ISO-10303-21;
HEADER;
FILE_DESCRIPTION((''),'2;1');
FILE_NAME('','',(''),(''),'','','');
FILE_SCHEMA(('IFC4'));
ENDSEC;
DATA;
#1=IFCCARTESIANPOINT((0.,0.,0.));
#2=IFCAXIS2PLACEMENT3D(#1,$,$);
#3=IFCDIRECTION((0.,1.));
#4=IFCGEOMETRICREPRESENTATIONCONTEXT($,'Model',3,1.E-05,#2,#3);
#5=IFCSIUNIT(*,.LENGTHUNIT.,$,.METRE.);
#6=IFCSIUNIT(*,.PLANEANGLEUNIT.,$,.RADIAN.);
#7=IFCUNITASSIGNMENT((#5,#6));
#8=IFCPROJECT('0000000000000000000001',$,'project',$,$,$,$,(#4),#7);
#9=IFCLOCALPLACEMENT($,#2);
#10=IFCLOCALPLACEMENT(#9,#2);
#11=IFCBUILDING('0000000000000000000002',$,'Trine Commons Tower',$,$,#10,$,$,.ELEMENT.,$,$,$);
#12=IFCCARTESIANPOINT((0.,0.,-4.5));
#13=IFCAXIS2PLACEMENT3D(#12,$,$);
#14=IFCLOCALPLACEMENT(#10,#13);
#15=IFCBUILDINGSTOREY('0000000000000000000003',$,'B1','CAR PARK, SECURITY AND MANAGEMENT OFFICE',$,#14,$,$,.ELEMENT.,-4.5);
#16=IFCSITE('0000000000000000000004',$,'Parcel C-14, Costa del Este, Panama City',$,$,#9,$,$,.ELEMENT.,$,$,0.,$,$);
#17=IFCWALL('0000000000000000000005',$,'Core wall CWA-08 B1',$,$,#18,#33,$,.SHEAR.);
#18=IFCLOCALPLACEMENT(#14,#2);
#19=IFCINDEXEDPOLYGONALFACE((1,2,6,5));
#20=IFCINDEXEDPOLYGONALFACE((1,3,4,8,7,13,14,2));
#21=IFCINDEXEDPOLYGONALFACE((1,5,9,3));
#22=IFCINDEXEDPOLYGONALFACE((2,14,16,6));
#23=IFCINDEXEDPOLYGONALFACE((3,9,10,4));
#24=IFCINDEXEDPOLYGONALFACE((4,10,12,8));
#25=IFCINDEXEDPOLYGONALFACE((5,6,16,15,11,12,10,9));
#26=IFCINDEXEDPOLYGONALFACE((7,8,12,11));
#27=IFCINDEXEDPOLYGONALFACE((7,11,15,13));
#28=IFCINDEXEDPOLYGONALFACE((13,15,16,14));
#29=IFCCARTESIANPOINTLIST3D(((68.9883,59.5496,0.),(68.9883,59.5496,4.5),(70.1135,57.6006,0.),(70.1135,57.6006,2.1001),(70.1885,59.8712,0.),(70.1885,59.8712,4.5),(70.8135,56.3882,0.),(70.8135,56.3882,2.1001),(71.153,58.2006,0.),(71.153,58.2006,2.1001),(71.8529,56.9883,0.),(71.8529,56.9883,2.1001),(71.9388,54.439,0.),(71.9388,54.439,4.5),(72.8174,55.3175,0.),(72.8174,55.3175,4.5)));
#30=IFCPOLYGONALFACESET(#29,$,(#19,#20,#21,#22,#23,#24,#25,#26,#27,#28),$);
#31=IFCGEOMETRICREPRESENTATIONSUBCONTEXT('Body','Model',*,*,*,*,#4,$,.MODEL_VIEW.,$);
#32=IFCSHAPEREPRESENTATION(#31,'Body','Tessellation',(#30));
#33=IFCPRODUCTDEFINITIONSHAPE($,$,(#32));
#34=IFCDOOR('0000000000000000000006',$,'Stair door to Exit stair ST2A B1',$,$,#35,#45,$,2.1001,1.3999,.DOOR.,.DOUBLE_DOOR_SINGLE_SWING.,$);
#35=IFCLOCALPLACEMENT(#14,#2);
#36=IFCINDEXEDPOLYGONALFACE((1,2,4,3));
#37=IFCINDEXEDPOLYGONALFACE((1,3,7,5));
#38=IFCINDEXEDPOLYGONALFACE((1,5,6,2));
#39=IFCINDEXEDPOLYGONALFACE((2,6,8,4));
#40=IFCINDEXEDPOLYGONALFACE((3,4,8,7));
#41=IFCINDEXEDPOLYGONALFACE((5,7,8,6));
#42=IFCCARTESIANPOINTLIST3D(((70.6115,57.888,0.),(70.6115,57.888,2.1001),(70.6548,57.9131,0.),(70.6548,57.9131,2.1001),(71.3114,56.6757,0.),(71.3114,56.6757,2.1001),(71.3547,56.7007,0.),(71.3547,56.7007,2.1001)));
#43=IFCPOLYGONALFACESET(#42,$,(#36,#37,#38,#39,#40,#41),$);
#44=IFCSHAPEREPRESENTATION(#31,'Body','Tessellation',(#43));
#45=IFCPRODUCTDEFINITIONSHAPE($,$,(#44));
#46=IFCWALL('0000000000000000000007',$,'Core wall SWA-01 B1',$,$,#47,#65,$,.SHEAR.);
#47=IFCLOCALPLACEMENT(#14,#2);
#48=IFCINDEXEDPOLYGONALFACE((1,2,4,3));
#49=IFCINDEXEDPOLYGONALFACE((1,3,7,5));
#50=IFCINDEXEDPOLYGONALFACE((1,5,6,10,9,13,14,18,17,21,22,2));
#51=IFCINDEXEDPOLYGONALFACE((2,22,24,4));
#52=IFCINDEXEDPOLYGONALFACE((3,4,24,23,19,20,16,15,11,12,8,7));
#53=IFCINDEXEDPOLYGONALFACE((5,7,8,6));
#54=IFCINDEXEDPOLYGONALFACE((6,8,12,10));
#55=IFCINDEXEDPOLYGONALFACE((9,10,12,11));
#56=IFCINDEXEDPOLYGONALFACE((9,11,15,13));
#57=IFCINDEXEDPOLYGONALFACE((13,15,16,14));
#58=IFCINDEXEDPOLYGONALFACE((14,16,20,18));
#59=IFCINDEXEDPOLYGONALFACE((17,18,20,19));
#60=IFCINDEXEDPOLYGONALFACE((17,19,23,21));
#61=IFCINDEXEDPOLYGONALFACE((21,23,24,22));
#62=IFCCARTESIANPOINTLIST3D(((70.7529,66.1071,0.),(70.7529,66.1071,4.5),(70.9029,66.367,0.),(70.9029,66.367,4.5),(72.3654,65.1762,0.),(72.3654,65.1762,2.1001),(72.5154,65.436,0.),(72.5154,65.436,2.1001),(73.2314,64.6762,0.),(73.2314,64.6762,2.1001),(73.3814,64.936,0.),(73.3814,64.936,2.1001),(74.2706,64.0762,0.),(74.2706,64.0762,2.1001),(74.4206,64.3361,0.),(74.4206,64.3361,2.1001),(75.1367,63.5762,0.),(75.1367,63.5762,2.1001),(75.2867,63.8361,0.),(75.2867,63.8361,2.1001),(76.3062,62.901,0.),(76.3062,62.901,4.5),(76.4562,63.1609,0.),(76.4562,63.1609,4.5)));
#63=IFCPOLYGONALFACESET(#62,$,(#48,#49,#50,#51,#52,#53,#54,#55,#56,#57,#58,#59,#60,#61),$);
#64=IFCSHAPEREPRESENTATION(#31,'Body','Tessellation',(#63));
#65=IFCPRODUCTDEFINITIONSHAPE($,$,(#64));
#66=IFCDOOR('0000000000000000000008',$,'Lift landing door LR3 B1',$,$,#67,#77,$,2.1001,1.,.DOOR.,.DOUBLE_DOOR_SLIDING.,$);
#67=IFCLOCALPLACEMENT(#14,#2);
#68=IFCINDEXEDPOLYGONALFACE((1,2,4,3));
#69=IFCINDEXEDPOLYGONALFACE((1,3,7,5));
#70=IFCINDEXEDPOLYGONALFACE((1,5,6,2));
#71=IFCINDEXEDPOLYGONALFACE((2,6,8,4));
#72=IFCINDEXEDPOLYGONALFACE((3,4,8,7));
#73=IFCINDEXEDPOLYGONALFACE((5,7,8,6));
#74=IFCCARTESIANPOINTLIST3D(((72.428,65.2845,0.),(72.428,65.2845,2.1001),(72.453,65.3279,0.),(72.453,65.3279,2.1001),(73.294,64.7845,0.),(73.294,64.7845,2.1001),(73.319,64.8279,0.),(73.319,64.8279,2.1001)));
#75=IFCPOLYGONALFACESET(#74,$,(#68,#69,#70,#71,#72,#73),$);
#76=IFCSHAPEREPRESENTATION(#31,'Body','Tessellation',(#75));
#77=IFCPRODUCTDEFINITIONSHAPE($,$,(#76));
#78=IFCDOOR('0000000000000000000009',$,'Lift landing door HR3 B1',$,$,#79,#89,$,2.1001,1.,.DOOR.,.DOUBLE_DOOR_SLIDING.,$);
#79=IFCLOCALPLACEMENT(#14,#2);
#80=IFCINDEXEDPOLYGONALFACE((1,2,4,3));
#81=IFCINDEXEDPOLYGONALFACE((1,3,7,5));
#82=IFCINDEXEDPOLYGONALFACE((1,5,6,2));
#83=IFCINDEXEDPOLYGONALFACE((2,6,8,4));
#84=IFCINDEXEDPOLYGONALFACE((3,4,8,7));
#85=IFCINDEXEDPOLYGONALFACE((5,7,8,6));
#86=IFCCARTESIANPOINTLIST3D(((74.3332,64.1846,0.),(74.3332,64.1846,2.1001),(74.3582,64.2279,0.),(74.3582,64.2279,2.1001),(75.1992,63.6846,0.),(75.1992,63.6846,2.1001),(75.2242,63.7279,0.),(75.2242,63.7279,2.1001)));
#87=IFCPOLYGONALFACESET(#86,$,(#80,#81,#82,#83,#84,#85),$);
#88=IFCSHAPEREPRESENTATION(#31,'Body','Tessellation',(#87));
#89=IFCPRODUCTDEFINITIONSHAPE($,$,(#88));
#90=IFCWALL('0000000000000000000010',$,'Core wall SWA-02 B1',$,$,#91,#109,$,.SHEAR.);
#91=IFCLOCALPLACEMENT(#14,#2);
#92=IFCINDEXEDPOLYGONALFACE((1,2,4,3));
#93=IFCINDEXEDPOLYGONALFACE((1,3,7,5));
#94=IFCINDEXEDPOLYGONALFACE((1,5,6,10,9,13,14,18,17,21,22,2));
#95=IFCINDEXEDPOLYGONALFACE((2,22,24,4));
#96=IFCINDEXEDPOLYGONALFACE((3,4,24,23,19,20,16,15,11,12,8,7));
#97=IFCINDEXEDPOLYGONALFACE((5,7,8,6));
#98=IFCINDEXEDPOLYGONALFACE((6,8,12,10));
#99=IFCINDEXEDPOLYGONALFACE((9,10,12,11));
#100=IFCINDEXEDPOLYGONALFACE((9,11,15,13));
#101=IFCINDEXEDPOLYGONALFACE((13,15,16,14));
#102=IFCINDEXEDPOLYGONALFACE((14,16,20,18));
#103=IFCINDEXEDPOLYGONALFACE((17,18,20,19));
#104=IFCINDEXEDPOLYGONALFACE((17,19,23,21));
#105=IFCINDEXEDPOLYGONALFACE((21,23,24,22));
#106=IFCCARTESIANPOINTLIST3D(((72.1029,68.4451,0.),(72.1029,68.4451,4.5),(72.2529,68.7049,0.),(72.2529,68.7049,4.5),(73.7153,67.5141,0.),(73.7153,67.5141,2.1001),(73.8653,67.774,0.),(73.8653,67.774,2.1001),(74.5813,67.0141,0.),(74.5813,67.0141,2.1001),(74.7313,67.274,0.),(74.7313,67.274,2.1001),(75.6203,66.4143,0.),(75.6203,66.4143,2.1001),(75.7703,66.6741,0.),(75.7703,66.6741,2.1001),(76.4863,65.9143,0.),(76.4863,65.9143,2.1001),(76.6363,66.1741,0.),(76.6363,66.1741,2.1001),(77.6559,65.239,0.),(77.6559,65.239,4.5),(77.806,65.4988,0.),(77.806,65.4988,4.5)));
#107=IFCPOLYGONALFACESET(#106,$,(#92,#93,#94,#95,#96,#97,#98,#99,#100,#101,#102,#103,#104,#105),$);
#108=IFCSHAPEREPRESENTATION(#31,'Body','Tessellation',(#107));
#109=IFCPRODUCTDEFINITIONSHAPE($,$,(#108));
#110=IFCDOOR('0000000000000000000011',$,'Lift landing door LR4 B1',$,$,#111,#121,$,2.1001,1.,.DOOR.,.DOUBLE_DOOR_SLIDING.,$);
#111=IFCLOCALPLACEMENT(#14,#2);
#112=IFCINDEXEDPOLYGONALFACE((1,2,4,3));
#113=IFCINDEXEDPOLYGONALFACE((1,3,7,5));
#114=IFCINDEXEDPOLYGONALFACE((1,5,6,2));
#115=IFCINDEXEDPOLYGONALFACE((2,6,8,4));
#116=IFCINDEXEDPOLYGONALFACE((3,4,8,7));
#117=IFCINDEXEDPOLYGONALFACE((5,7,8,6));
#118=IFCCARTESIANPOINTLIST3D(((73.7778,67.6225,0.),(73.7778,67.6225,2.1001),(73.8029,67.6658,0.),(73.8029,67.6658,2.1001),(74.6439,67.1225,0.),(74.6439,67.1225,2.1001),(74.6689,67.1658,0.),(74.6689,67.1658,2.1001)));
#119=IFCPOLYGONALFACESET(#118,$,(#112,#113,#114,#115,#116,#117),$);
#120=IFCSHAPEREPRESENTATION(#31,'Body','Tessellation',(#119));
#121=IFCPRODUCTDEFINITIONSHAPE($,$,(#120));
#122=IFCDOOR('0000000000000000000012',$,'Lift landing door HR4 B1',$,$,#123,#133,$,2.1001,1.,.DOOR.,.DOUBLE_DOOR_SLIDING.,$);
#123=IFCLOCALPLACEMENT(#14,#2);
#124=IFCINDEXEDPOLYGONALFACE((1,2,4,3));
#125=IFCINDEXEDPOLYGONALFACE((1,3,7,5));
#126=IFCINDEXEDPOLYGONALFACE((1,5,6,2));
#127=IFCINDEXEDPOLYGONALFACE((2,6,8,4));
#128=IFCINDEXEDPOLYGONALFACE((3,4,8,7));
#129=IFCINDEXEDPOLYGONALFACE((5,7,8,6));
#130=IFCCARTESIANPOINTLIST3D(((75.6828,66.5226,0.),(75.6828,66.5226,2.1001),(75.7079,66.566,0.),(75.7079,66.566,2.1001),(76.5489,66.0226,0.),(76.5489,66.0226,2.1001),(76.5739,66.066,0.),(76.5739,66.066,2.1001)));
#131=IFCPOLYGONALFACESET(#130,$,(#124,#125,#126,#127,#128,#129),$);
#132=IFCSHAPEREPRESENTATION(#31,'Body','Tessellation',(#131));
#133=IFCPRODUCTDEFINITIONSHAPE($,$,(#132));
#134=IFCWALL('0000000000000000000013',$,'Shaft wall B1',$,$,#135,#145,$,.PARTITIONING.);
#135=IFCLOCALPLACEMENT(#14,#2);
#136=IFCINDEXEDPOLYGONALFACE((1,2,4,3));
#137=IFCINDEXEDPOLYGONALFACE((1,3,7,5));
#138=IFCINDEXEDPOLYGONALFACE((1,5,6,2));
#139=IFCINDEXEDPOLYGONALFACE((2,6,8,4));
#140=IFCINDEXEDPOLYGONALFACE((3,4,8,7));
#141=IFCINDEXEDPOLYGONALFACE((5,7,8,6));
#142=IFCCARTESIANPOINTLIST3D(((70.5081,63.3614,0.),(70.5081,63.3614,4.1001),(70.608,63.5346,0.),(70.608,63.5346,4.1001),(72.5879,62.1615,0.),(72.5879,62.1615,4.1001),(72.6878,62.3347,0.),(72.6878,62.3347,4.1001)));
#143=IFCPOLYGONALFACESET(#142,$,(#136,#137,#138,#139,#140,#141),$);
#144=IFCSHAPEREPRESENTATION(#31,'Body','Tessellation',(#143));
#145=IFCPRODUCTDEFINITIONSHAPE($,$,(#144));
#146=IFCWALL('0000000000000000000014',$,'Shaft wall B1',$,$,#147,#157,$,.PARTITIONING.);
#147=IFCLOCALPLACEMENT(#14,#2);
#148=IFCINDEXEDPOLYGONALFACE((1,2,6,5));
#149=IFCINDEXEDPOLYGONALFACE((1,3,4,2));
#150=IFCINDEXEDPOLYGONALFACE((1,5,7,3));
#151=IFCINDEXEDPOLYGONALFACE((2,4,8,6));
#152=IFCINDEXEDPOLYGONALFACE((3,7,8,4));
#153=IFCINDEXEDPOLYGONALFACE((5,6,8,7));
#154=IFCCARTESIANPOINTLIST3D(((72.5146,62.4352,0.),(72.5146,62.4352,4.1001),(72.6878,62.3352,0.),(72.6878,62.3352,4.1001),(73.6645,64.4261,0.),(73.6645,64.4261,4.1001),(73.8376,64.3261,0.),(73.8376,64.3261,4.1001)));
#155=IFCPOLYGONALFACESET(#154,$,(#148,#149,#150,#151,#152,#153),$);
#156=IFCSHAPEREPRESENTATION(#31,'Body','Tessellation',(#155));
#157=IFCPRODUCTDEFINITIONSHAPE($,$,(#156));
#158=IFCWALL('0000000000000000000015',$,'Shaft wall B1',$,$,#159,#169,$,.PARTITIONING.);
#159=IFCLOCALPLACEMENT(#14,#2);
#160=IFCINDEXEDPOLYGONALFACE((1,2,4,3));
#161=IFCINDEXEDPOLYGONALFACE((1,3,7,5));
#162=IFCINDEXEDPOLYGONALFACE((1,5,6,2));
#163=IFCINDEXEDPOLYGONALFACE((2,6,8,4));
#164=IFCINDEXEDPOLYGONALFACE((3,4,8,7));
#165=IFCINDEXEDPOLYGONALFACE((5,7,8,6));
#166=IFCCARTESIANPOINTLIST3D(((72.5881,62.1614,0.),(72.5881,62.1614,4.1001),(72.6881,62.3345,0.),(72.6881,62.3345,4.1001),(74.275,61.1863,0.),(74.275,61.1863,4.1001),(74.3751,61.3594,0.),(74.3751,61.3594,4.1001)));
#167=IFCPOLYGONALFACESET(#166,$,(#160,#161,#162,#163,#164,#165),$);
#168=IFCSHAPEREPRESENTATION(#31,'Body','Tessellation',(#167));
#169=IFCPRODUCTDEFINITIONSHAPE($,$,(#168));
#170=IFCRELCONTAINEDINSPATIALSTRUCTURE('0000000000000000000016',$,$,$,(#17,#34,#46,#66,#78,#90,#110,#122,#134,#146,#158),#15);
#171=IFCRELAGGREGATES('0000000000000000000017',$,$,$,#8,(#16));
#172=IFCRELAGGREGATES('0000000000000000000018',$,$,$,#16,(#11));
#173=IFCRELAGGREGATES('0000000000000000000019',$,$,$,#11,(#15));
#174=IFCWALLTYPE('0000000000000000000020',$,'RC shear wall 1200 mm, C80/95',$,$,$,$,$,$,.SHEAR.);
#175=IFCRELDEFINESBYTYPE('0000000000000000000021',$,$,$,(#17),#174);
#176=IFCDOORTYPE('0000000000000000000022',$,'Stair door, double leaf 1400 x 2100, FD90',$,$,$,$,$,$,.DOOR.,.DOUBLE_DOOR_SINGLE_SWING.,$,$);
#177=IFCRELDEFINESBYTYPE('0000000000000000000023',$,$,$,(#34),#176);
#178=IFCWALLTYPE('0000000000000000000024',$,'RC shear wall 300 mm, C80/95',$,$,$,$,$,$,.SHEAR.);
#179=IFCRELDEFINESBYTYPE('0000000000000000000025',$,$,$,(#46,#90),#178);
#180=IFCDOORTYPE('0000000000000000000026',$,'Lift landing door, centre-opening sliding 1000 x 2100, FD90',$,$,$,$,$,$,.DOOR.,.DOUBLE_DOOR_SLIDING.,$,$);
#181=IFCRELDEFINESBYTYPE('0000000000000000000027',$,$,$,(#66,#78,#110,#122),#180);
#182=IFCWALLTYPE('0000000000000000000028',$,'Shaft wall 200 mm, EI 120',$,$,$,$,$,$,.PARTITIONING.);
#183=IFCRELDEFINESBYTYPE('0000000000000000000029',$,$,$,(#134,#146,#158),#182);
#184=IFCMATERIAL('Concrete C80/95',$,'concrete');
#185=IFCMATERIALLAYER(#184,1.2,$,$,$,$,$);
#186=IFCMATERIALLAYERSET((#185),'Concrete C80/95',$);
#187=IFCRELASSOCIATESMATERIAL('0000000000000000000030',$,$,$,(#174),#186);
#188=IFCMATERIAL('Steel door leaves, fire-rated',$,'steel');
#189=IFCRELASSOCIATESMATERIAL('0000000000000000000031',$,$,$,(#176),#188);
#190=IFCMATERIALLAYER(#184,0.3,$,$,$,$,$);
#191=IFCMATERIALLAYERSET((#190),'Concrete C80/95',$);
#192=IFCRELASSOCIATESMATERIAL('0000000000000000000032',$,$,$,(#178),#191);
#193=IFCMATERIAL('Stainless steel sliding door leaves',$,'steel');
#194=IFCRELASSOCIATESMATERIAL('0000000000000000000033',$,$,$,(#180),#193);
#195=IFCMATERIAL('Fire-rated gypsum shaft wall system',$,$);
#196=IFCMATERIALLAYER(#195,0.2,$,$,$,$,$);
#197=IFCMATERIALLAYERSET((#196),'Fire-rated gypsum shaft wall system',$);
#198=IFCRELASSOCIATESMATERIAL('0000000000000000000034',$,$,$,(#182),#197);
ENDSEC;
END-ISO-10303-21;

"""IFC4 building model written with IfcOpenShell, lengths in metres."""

from ifc_helpers import new_model, si_unit, direction, frame, frame_2d, origin, place, context, subcontext, project, spatial, polyline, rectangle, outline, extrude, material, layer, layer_set, type_object, element, fill, save


model = new_model("IFC4")

# Units and contexts
model_context = context("Model", 3, precision=1e-05, world=origin(), true_north=direction((0.0, 1.0)))
body_context = subcontext(model_context, "Body", "Model", "MODEL_VIEW")
ifc_project = project(units=[si_unit("LENGTHUNIT", "METRE"), si_unit("PLANEANGLEUNIT", "RADIAN")], contexts=[model_context])

# Site, building, storey
site_placement = place(None, origin())
site = spatial("IfcSite", under=ifc_project, at=site_placement, Name="Parcel C-14, Costa del Este, Panama City", CompositionType="ELEMENT", RefElevation=0.0)
building_placement = place(site_placement, origin())
building = spatial("IfcBuilding", under=site, at=building_placement, Name="Trine Commons Tower", CompositionType="ELEMENT")
storey_placement = place(building_placement, frame((0.0, 0.0, -4.5)))
storey = spatial("IfcBuildingStorey", under=building, at=storey_placement, Name="B1", Description="CAR PARK, SECURITY AND MANAGEMENT OFFICE", CompositionType="ELEMENT", Elevation=-4.5)

# Shared definitions
ifc_material_1 = material(Name="Concrete C80/95", Category="concrete")

# Wall, opening, door
ifc_material_2 = material(Name="Fire-rated gypsum shaft wall system")
ifc_layer_1 = layer(ifc_material_1, 1.2)
ifc_layer_set_1 = layer_set([ifc_layer_1], Name="Concrete C80/95")
wall_type_1 = type_object("IfcWallType", Name="RC shear wall 1200 mm, C80/95", PredefinedType="SHEAR", material=ifc_layer_set_1)
wall_1_placement = place(storey_placement, frame((69.5081, 59.8496, 0.0), z_axis=(0.0, 0.0, 1.0), x_axis=(0.499979, -0.866037, 0.0)))
wall_1 = element("IfcWall", 1, at=wall_1_placement, inside=storey, type_object=wall_type_1, Name="Core wall CWA-08 B1", PredefinedType="SHEAR", context=body_context, shape_type="SweptSolid", body=[
    extrude(outline(polyline([(0.0, -0.6001), (5.9011, -0.6001), (5.5796, 0.6001), (0.3215, 0.6001), (0.0, -0.6001)])), origin(), (0.0, 0.0, 1.0), 4.5),
])
opening_1_placement = place(wall_1_placement, frame((2.2505, 0.0, 0.0)))
opening_1 = element("IfcOpeningElement", 2, at=opening_1_placement, cuts=wall_1, PredefinedType="OPENING", context=body_context, shape_type="SweptSolid", body=[
    extrude(rectangle(XDim=1.3999, YDim=2.1001, at=frame_2d((0.7, 1.05))), frame((0.0, 0.6099, 0.0), z_axis=(0.0, -1.0, 0.0), x_axis=(1.0, 0.0, 0.0)), (0.0, 0.0, 1.0), 1.22),
])
ifc_material_3 = material(Name="Steel door leaves, fire-rated", Category="steel")
door_type_1 = type_object("IfcDoorType", Name="Stair door, double leaf 1400 x 2100, FD90", OperationType="DOUBLE_DOOR_SINGLE_SWING", PredefinedType="DOOR", material=ifc_material_3)
door_1_placement = place(opening_1_placement, origin())
door_1 = element("IfcDoor", 3, at=door_1_placement, inside=storey, type_object=door_type_1, Name="Stair door to Exit stair ST2A B1", OperationType="DOUBLE_DOOR_SINGLE_SWING", OverallHeight=2.1001, OverallWidth=1.3999, PredefinedType="DOOR", context=body_context, shape_type="SweptSolid", body=[
    extrude(rectangle(XDim=1.3999, YDim=2.1001, at=frame_2d((0.7, 1.05))), frame((0.0, 0.0249, 0.0), z_axis=(0.0, -1.0, 0.0), x_axis=(1.0, 0.0, 0.0)), (0.0, 0.0, 1.0), 0.05),
])
fill(opening_1, door_1)

# Walls, openings, doors
ifc_layer_2 = layer(ifc_material_1, 0.3)
ifc_layer_set_2 = layer_set([ifc_layer_2], Name="Concrete C80/95")
wall_type_2 = type_object("IfcWallType", Name="RC shear wall 300 mm, C80/95", PredefinedType="SHEAR", material=ifc_layer_set_2)
wall_2_placement = place(storey_placement, frame((76.3811, 63.031, 0.0), z_axis=(0.0, 0.0, 1.0), x_axis=(-0.866032, 0.499988, 0.0)))
wall_2 = element("IfcWall", 4, at=wall_2_placement, inside=storey, type_object=wall_type_2, Name="Core wall SWA-01 B1", PredefinedType="SHEAR", context=body_context, shape_type="SweptSolid", body=[
    extrude(rectangle(XDim=6.4124, YDim=0.3, at=frame_2d((3.2061, 0.0))), origin(), (0.0, 0.0, 1.0), 4.5),
])
opening_2_placement = place(wall_2_placement, frame((3.5503, 0.0, 0.0)))
opening_2 = element("IfcOpeningElement", 5, at=opening_2_placement, cuts=wall_2, PredefinedType="OPENING", context=body_context, shape_type="SweptSolid", body=[
    extrude(rectangle(XDim=1.0, YDim=2.1001, at=frame_2d((0.5, 1.05))), frame((0.0, 0.1599, 0.0), z_axis=(0.0, -1.0, 0.0), x_axis=(1.0, 0.0, 0.0)), (0.0, 0.0, 1.0), 0.3201),
])
opening_3_placement = place(wall_2_placement, frame((1.3503, 0.0, 0.0)))
opening_3 = element("IfcOpeningElement", 6, at=opening_3_placement, cuts=wall_2, PredefinedType="OPENING", context=body_context, shape_type="SweptSolid", body=[
    extrude(rectangle(XDim=1.0, YDim=2.1001, at=frame_2d((0.5, 1.05))), frame((0.0, 0.1599, 0.0), z_axis=(0.0, -1.0, 0.0), x_axis=(1.0, 0.0, 0.0)), (0.0, 0.0, 1.0), 0.3201),
])
ifc_material_4 = material(Name="Stainless steel sliding door leaves", Category="steel")
door_type_2 = type_object("IfcDoorType", Name="Lift landing door, centre-opening sliding 1000 x 2100, FD90", OperationType="DOUBLE_DOOR_SLIDING", PredefinedType="DOOR", material=ifc_material_4)
door_2_placement = place(opening_2_placement, origin())
door_2 = element("IfcDoor", 7, at=door_2_placement, inside=storey, type_object=door_type_2, Name="Lift landing door LR3 B1", OperationType="DOUBLE_DOOR_SLIDING", OverallHeight=2.1001, OverallWidth=1.0, PredefinedType="DOOR", context=body_context, shape_type="SweptSolid", body=[
    extrude(rectangle(XDim=1.0, YDim=2.1001, at=frame_2d((0.5, 1.05))), frame((0.0, 0.0249, 0.0), z_axis=(0.0, -1.0, 0.0), x_axis=(1.0, 0.0, 0.0)), (0.0, 0.0, 1.0), 0.05),
])
fill(opening_2, door_2)
door_3_placement = place(opening_3_placement, origin())
door_3 = element("IfcDoor", 8, at=door_3_placement, inside=storey, type_object=door_type_2, Name="Lift landing door HR3 B1", OperationType="DOUBLE_DOOR_SLIDING", OverallHeight=2.1001, OverallWidth=1.0, PredefinedType="DOOR", context=body_context, shape_type="SweptSolid", body=[
    extrude(rectangle(XDim=1.0, YDim=2.1001, at=frame_2d((0.5, 1.05))), frame((0.0, 0.0249, 0.0), z_axis=(0.0, -1.0, 0.0), x_axis=(1.0, 0.0, 0.0)), (0.0, 0.0, 1.0), 0.05),
])
fill(opening_3, door_3)
wall_3_placement = place(storey_placement, frame((77.731, 65.3689, 0.0), z_axis=(0.0, 0.0, 1.0), x_axis=(-0.866023, 0.500005, 0.0)))
wall_3 = element("IfcWall", 9, at=wall_3_placement, inside=storey, type_object=wall_type_2, Name="Core wall SWA-02 B1", PredefinedType="SHEAR", context=body_context, shape_type="SweptSolid", body=[
    extrude(rectangle(XDim=6.4121, YDim=0.3, at=frame_2d((3.2061, 0.0))), origin(), (0.0, 0.0, 1.0), 4.5),
])
opening_4_placement = place(wall_3_placement, frame((3.5503, 0.0, 0.0)))
opening_4 = element("IfcOpeningElement", 10, at=opening_4_placement, cuts=wall_3, PredefinedType="OPENING", context=body_context, shape_type="SweptSolid", body=[
    extrude(rectangle(XDim=1.0, YDim=2.1001, at=frame_2d((0.5, 1.05))), frame((0.0, 0.1599, 0.0), z_axis=(0.0, -1.0, 0.0), x_axis=(1.0, 0.0, 0.0)), (0.0, 0.0, 1.0), 0.3201),
])
opening_5_placement = place(wall_3_placement, frame((1.3506, 0.0, 0.0)))
opening_5 = element("IfcOpeningElement", 11, at=opening_5_placement, cuts=wall_3, PredefinedType="OPENING", context=body_context, shape_type="SweptSolid", body=[
    extrude(rectangle(XDim=1.0, YDim=2.1001, at=frame_2d((0.5, 1.05))), frame((0.0, 0.1599, 0.0), z_axis=(0.0, -1.0, 0.0), x_axis=(1.0, 0.0, 0.0)), (0.0, 0.0, 1.0), 0.3201),
])
door_4_placement = place(opening_4_placement, origin())
door_4 = element("IfcDoor", 12, at=door_4_placement, inside=storey, type_object=door_type_2, Name="Lift landing door LR4 B1", OperationType="DOUBLE_DOOR_SLIDING", OverallHeight=2.1001, OverallWidth=1.0, PredefinedType="DOOR", context=body_context, shape_type="SweptSolid", body=[
    extrude(rectangle(XDim=1.0, YDim=2.1001, at=frame_2d((0.5, 1.05))), frame((0.0, 0.0249, 0.0), z_axis=(0.0, -1.0, 0.0), x_axis=(1.0, 0.0, 0.0)), (0.0, 0.0, 1.0), 0.05),
])
fill(opening_4, door_4)
door_5_placement = place(opening_5_placement, origin())
door_5 = element("IfcDoor", 13, at=door_5_placement, inside=storey, type_object=door_type_2, Name="Lift landing door HR4 B1", OperationType="DOUBLE_DOOR_SLIDING", OverallHeight=2.1001, OverallWidth=1.0, PredefinedType="DOOR", context=body_context, shape_type="SweptSolid", body=[
    extrude(rectangle(XDim=1.0, YDim=2.1001, at=frame_2d((0.5, 1.05))), frame((0.0, 0.0249, 0.0), z_axis=(0.0, -1.0, 0.0), x_axis=(1.0, 0.0, 0.0)), (0.0, 0.0, 1.0), 0.05),
])
fill(opening_5, door_5)

# Walls
ifc_layer_3 = layer(ifc_material_2, 0.2)
ifc_layer_set_3 = layer_set([ifc_layer_3], Name="Fire-rated gypsum shaft wall system")
wall_type_3 = type_object("IfcWallType", Name="Shaft wall 200 mm, EI 120", PredefinedType="PARTITIONING", material=ifc_layer_set_3)
wall_4_placement = place(storey_placement, frame((72.6379, 62.248, 0.0), z_axis=(0.0, 0.0, 1.0), x_axis=(-0.866177, 0.499737, 0.0)))
element("IfcWall", 14, at=wall_4_placement, inside=storey, type_object=wall_type_3, Name="Shaft wall B1", PredefinedType="PARTITIONING", context=body_context, shape_type="SweptSolid", body=[
    extrude(rectangle(XDim=2.4011, YDim=0.2, at=frame_2d((1.2007, 0.0))), origin(), (0.0, 0.0, 1.0), 4.1001),
])
wall_5_placement = place(storey_placement, frame((73.751, 64.376, 0.0), z_axis=(0.0, 0.0, 1.0), x_axis=(-0.500136, -0.865947, 0.0)))
element("IfcWall", 15, at=wall_5_placement, inside=storey, type_object=wall_type_3, Name="Shaft wall B1", PredefinedType="PARTITIONING", context=body_context, shape_type="SweptSolid", body=[
    extrude(rectangle(XDim=2.2991, YDim=0.2, at=frame_2d((1.1494, 0.0))), origin(), (0.0, 0.0, 1.0), 4.1001),
])
wall_6_placement = place(storey_placement, frame((74.325, 61.2729, 0.0), z_axis=(0.0, 0.0, 1.0), x_axis=(-0.865781, 0.500424, 0.0)))
element("IfcWall", 16, at=wall_6_placement, inside=storey, type_object=wall_type_3, Name="Shaft wall B1", PredefinedType="PARTITIONING", context=body_context, shape_type="SweptSolid", body=[
    extrude(rectangle(XDim=1.9485, YDim=0.2, at=frame_2d((0.9741, 0.0))), origin(), (0.0, 0.0, 1.0), 4.1001),
])

save(model, "model.ifc")
